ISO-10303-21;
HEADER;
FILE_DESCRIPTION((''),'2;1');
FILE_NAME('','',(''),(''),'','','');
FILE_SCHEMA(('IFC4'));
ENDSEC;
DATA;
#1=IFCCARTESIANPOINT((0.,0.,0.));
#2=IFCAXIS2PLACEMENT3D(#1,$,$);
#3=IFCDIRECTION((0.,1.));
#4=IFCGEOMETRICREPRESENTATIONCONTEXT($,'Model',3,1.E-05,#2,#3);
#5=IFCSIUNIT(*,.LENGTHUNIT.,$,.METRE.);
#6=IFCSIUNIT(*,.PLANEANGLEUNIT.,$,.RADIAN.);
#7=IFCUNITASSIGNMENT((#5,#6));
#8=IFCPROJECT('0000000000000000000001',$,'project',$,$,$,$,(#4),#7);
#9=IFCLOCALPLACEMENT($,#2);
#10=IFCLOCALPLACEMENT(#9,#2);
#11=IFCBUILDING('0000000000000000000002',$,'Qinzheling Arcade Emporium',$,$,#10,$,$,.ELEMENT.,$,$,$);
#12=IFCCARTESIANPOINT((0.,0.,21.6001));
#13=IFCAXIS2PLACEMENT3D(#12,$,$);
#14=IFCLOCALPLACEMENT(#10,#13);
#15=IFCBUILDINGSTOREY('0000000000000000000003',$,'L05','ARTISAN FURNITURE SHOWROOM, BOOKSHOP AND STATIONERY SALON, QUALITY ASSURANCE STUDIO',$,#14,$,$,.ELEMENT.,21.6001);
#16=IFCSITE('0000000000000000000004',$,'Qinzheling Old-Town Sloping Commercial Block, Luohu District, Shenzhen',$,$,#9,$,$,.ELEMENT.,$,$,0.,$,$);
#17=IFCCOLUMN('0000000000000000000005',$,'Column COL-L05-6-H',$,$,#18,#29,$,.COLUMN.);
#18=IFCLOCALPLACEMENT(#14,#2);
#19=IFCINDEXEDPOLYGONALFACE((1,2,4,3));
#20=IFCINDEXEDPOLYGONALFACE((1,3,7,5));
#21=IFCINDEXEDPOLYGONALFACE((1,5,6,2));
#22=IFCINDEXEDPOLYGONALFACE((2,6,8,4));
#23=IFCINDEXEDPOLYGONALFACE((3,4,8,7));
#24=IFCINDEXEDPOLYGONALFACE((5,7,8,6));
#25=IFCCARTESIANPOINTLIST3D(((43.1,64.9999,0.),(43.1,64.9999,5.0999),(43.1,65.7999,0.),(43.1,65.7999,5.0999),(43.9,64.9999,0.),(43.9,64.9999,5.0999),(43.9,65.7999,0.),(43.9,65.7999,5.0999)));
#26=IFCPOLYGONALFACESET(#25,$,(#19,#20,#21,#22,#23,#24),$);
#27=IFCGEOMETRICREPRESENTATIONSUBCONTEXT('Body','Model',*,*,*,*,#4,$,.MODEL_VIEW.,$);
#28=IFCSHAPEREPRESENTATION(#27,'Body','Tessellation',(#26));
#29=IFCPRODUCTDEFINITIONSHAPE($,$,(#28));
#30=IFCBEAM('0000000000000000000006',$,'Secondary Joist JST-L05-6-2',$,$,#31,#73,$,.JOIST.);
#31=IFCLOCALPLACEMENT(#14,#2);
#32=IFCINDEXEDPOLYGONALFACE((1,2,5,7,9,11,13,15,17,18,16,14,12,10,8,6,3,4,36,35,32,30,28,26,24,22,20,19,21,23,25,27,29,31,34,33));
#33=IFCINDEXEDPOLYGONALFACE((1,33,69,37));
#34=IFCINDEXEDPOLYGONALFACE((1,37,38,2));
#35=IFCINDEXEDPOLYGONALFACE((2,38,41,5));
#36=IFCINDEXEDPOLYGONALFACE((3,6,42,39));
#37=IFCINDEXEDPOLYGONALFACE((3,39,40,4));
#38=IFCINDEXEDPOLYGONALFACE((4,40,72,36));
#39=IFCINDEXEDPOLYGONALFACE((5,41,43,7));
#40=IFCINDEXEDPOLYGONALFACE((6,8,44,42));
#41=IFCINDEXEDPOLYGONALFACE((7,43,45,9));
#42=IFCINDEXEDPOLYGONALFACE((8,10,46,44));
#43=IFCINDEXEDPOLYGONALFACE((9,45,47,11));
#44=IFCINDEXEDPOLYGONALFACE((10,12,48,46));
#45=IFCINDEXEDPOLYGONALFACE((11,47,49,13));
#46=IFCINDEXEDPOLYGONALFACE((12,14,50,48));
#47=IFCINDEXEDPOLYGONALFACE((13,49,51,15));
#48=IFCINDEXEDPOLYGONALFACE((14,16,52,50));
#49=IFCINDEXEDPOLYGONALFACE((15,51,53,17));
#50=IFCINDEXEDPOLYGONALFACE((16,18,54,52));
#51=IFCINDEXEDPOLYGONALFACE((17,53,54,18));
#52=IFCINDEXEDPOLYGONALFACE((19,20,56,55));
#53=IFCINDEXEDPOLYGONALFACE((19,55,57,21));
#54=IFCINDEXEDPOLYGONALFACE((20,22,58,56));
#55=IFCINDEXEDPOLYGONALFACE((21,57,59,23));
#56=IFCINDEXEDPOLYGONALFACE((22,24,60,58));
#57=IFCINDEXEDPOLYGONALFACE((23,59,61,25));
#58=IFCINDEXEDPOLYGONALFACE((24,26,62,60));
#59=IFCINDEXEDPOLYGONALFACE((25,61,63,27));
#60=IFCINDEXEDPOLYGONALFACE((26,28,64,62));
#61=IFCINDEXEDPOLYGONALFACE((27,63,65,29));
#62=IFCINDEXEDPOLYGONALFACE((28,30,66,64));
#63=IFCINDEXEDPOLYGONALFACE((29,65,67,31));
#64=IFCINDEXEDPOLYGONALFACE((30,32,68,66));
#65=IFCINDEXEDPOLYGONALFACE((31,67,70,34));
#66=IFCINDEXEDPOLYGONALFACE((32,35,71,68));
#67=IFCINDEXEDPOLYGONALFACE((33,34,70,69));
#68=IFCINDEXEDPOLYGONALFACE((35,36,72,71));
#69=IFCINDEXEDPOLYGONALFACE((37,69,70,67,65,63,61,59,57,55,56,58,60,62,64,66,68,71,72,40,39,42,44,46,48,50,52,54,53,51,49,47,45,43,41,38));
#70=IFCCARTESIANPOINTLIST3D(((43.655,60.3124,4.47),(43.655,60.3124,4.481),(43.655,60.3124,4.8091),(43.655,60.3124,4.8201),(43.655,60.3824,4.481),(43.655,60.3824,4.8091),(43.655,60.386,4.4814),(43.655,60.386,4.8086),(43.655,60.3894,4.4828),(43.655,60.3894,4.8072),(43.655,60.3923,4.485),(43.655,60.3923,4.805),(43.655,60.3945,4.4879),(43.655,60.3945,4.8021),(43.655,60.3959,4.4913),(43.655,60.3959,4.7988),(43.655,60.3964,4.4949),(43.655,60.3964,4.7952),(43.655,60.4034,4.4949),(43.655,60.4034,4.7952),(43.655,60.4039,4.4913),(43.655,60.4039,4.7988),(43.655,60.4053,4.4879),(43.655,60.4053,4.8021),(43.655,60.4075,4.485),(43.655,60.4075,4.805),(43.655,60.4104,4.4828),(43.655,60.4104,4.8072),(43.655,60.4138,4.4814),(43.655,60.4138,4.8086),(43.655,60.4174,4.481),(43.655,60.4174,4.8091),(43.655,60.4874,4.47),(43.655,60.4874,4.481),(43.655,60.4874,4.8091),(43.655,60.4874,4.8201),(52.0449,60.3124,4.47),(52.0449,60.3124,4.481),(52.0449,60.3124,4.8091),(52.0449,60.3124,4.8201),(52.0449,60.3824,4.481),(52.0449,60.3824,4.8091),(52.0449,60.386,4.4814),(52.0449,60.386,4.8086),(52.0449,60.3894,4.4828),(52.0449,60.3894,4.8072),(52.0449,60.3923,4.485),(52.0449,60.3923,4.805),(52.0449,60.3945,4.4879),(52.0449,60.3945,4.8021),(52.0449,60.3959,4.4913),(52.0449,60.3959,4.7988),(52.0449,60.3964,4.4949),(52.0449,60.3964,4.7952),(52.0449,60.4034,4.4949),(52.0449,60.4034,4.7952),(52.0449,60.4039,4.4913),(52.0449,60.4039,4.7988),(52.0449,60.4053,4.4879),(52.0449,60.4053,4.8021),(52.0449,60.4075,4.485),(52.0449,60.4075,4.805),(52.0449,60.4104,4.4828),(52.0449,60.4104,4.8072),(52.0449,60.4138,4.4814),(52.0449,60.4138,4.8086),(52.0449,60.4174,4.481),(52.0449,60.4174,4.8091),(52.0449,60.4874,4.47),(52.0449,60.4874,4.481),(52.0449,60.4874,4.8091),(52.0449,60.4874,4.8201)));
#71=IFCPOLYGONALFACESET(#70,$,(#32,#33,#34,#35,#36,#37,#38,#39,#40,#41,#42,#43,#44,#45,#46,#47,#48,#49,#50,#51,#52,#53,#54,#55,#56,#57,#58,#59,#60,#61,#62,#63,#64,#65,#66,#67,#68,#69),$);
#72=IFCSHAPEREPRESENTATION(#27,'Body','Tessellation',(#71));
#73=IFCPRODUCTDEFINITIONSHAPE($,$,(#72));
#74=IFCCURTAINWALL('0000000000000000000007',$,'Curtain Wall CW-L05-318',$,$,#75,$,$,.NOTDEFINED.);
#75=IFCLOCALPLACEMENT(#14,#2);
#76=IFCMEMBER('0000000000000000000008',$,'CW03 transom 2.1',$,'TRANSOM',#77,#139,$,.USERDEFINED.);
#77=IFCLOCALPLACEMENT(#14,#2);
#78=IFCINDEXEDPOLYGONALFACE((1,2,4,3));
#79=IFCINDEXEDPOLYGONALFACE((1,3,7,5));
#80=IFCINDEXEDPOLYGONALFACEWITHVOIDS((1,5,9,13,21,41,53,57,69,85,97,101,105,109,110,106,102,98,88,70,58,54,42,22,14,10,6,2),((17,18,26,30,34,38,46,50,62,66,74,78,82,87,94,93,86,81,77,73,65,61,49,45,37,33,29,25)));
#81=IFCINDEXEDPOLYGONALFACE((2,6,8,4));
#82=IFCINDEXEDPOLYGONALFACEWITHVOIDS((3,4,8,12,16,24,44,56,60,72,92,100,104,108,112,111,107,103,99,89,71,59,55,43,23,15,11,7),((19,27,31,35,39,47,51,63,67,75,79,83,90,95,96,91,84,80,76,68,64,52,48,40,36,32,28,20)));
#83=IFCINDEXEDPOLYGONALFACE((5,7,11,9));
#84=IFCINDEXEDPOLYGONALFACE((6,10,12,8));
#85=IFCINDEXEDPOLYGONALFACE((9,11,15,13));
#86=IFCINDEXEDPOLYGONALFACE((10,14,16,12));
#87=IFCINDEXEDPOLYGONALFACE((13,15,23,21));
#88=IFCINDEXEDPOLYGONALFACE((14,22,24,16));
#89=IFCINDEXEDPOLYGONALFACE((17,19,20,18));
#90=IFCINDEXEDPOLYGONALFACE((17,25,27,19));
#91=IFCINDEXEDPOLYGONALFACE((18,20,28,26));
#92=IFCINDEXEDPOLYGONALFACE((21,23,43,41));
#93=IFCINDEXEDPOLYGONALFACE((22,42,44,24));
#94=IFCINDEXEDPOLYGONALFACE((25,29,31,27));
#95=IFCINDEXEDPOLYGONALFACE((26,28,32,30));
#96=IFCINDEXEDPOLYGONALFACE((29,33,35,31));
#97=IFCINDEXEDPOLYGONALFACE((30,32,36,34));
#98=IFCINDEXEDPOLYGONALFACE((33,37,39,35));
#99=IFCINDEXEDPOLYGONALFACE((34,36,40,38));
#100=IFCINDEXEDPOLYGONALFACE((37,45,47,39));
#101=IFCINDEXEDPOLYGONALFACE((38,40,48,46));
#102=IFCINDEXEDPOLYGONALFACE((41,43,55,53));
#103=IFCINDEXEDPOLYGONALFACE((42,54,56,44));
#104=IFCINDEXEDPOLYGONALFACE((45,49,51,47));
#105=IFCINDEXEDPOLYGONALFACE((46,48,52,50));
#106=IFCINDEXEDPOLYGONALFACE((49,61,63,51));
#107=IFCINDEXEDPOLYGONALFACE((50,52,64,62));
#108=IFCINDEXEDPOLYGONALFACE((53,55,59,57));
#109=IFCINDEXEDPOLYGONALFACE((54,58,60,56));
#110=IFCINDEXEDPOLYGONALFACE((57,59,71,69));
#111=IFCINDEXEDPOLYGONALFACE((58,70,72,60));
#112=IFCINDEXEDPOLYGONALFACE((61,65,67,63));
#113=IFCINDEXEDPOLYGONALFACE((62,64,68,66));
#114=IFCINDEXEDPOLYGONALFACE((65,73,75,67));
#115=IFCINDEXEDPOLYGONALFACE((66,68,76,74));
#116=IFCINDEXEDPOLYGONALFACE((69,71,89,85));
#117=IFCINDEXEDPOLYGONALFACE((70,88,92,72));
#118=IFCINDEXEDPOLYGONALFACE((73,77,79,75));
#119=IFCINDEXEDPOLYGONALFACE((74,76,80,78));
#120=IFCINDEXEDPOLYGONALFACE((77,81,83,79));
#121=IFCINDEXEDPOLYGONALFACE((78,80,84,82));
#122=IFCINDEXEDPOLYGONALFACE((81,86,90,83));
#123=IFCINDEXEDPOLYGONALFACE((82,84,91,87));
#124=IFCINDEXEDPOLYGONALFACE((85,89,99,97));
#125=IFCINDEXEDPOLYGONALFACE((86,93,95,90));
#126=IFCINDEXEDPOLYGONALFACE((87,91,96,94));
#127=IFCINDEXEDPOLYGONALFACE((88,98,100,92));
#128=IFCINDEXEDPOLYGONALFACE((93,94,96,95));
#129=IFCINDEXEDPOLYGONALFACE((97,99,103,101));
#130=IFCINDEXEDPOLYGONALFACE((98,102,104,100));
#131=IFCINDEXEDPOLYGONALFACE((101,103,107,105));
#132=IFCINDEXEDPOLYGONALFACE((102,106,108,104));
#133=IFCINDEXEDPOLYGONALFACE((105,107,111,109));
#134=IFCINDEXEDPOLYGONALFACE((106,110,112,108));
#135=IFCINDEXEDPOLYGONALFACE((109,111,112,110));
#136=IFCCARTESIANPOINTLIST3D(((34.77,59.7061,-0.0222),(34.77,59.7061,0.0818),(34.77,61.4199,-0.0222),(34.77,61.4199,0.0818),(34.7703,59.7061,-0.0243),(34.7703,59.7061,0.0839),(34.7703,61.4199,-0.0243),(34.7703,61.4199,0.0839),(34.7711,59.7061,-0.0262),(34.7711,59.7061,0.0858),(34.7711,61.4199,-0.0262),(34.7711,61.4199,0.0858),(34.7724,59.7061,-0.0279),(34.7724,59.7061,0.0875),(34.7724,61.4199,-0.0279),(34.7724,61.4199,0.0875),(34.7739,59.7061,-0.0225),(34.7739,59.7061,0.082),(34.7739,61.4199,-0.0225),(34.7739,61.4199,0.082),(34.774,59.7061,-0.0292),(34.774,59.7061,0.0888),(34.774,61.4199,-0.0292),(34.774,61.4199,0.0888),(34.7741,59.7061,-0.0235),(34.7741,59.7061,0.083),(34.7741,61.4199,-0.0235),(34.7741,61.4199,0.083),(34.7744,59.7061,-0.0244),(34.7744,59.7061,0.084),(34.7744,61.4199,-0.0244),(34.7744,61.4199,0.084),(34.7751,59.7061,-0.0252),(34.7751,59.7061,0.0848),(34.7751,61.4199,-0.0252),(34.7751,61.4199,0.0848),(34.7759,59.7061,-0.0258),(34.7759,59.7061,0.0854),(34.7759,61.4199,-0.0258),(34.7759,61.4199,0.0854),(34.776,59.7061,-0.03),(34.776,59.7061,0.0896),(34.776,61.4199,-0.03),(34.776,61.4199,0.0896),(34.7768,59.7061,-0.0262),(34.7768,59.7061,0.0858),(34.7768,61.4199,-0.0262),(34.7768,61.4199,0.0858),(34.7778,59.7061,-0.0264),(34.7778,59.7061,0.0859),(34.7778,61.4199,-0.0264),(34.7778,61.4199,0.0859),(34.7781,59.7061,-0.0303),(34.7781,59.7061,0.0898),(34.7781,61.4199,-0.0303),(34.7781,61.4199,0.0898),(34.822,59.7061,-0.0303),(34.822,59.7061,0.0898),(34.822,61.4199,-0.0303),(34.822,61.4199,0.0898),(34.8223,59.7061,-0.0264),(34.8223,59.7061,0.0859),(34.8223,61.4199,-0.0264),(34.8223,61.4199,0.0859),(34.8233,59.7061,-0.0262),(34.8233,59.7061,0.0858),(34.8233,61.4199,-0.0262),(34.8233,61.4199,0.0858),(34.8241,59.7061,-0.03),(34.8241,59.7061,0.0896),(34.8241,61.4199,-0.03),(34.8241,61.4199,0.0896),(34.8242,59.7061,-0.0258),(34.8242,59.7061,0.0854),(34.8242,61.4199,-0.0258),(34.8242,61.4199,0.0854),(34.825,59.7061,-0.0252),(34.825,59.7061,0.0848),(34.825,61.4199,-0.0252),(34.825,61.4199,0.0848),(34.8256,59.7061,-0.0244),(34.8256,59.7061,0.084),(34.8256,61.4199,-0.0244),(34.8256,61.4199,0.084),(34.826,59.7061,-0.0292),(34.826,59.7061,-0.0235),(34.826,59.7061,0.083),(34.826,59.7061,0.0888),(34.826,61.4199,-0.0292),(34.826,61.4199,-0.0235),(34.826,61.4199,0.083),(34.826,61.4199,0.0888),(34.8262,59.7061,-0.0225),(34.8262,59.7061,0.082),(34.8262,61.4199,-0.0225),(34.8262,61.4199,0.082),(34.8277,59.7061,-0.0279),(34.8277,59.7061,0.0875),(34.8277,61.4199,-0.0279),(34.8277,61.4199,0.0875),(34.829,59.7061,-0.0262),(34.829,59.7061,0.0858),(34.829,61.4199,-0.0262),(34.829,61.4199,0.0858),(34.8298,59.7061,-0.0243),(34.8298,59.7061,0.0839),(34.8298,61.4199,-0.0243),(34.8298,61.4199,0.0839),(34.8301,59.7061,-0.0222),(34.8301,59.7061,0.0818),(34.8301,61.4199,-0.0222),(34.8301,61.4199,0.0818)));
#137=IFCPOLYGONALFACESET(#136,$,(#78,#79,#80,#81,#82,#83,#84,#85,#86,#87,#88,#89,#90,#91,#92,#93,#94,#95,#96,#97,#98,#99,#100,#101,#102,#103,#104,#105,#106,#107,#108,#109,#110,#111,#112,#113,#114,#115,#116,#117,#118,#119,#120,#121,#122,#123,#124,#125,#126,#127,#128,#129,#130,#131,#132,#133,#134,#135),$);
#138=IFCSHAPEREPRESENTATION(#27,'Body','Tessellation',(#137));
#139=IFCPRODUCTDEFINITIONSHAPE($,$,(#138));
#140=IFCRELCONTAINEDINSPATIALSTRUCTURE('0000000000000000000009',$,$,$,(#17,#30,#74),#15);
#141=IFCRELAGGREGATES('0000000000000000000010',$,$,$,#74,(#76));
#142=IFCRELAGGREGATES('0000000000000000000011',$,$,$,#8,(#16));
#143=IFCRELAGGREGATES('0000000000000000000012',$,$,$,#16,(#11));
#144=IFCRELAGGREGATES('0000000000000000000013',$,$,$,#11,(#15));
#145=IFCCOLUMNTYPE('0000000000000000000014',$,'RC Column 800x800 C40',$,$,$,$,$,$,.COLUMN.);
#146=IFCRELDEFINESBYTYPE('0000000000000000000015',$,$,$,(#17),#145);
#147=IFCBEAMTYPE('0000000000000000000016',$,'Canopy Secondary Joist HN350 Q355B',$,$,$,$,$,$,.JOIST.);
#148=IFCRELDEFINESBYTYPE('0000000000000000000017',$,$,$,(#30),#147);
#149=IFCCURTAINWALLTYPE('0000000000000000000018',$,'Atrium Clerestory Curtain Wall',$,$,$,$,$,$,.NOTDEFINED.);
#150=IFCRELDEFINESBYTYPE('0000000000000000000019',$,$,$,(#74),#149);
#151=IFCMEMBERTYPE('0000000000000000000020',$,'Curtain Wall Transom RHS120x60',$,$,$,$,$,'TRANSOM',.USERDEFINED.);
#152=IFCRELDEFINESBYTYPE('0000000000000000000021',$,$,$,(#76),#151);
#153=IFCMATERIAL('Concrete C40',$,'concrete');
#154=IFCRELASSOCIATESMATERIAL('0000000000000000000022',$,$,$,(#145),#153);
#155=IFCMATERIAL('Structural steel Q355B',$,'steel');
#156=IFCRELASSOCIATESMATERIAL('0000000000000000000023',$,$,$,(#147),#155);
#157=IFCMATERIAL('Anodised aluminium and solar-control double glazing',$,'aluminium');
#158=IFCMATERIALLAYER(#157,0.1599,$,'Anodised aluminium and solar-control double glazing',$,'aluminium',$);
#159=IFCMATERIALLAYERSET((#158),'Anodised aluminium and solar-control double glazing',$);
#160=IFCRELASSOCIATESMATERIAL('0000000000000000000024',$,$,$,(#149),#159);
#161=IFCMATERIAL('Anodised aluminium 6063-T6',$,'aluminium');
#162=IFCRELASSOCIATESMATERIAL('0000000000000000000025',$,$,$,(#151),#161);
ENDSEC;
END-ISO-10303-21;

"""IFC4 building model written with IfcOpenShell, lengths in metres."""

from ifc_helpers import new_model, si_unit, direction, frame, origin, origin_2d, place, context, subcontext, project, spatial, rectangle, hollow_rectangle, i_section, extrude, material, layer, layer_set, material_profile, profile_set, type_object, element, aggregate, save


model = new_model("IFC4")

# Units and contexts
model_context = context("Model", 3, precision=1e-05, world=origin(), true_north=direction((0.0, 1.0)))
body_context = subcontext(model_context, "Body", "Model", "MODEL_VIEW")
ifc_project = project(units=[si_unit("LENGTHUNIT", "METRE"), si_unit("PLANEANGLEUNIT", "RADIAN")], contexts=[model_context])

# Site, building, storey
site_placement = place(None, origin())
site = spatial("IfcSite", under=ifc_project, at=site_placement, Name="Qinzheling Old-Town Sloping Commercial Block, Luohu District, Shenzhen", CompositionType="ELEMENT", RefElevation=0.0)
building_placement = place(site_placement, origin())
building = spatial("IfcBuilding", under=site, at=building_placement, Name="Qinzheling Arcade Emporium", CompositionType="ELEMENT")
storey_placement = place(building_placement, frame((0.0, 0.0, 21.6001)))
storey = spatial("IfcBuildingStorey", under=building, at=storey_placement, Name="L05", Description="ARTISAN FURNITURE SHOWROOM, BOOKSHOP AND STATIONERY SALON, QUALITY ASSURANCE STUDIO", CompositionType="ELEMENT", Elevation=21.6001)

# Column
ifc_material_1 = material(Name="Concrete C40", Category="concrete")
ifc_material_profile_1 = material_profile(ifc_material_1, rectangle(XDim=0.8, YDim=0.8, at=origin_2d()), Name="RC 800x800", Category="concrete")
ifc_profile_set_1 = profile_set([ifc_material_profile_1], Name="Concrete C40")
column_type = type_object("IfcColumnType", Name="RC Column 800x800 C40", PredefinedType="COLUMN", material=ifc_profile_set_1)
column_placement = place(storey_placement, frame((43.5, 65.3999, 0.0), z_axis=(0.0, 0.0, 1.0), x_axis=(1.0, 0.0, 0.0)))
element("IfcColumn", 1, at=column_placement, inside=storey, type_object=column_type, Name="Column COL-L05-6-H", PredefinedType="COLUMN", context=body_context, shape_type="SweptSolid", body=[
    extrude(rectangle(XDim=0.8, YDim=0.8, at=origin_2d()), origin(), (0.0, 0.0, 1.0), 5.0999),
])

# Beam
ifc_material_2 = material(Name="Structural steel Q355B", Category="steel")
ifc_material_profile_2 = material_profile(ifc_material_2, i_section(OverallWidth=0.175, OverallDepth=0.3501, WebThickness=0.0071, FlangeThickness=0.011, FilletRadius=0.0139, at=origin_2d()), Name="HN 350x175x7x11", Category="steel")
ifc_profile_set_2 = profile_set([ifc_material_profile_2], Name="Structural steel Q355B")
beam_type_1 = type_object("IfcBeamType", Name="Canopy Secondary Joist HN350 Q355B", PredefinedType="JOIST", material=ifc_profile_set_2)
beam_1_placement = place(storey_placement, frame((43.655, 60.3999, 4.645), z_axis=(1.0, 0.0, 0.0), x_axis=(0.0, 1.0, 0.0)))
element("IfcBeam", 2, at=beam_1_placement, inside=storey, type_object=beam_type_1, Name="Secondary Joist JST-L05-6-2", PredefinedType="JOIST", context=body_context, shape_type="SweptSolid", body=[
    extrude(i_section(OverallWidth=0.175, OverallDepth=0.3501, WebThickness=0.0071, FlangeThickness=0.011, FilletRadius=0.0139, at=origin_2d()), origin(), (0.0, 0.0, 1.0), 8.3899),
])

# Curtain wall, member
ifc_material_3 = material(Name="Anodised aluminium and solar-control double glazing", Category="aluminium")
ifc_layer_1 = layer(ifc_material_3, 0.1599, Name="Anodised aluminium and solar-control double glazing", Category="aluminium")
ifc_layer_set_1 = layer_set([ifc_layer_1], Name="Anodised aluminium and solar-control double glazing")
curtain_wall_type = type_object("IfcCurtainWallType", Name="Atrium Clerestory Curtain Wall", PredefinedType="NOTDEFINED", material=ifc_layer_set_1)
curtain_wall_placement = place(storey_placement, origin())
curtain_wall = element("IfcCurtainWall", 3, at=curtain_wall_placement, inside=storey, type_object=curtain_wall_type, Name="Curtain Wall CW-L05-318", PredefinedType="NOTDEFINED")
ifc_material_4 = material(Name="Anodised aluminium 6063-T6", Category="aluminium")
ifc_material_profile_3 = material_profile(ifc_material_4, hollow_rectangle(XDim=0.0601, YDim=0.1201, WallThickness=0.0039, InnerFilletRadius=0.0039, OuterFilletRadius=0.0081, at=origin_2d()), Name="RHS 120x60x4", Category="aluminium")
ifc_profile_set_3 = profile_set([ifc_material_profile_3], Name="Anodised aluminium 6063-T6")
member_type = type_object("IfcMemberType", Name="Curtain Wall Transom RHS120x60", ElementType="TRANSOM", PredefinedType="USERDEFINED", material=ifc_profile_set_3)
member_1_placement = place(storey_placement, frame((34.8, 59.7061, 0.0298), z_axis=(0.0, 1.0, 0.0), x_axis=(-1.0, 0.0, 0.0)))
member_1 = element("IfcMember", 4, at=member_1_placement, type_object=member_type, Name="CW03 transom 2.1", ObjectType="TRANSOM", PredefinedType="USERDEFINED", context=body_context, shape_type="SweptSolid", body=[
    extrude(hollow_rectangle(XDim=0.0601, YDim=0.1201, WallThickness=0.0039, InnerFilletRadius=0.0039, OuterFilletRadius=0.0081, at=origin_2d()), origin(), (0.0, 0.0, 1.0), 1.7139),
])

aggregate(curtain_wall, [member_1])

save(model, "model.ifc")
